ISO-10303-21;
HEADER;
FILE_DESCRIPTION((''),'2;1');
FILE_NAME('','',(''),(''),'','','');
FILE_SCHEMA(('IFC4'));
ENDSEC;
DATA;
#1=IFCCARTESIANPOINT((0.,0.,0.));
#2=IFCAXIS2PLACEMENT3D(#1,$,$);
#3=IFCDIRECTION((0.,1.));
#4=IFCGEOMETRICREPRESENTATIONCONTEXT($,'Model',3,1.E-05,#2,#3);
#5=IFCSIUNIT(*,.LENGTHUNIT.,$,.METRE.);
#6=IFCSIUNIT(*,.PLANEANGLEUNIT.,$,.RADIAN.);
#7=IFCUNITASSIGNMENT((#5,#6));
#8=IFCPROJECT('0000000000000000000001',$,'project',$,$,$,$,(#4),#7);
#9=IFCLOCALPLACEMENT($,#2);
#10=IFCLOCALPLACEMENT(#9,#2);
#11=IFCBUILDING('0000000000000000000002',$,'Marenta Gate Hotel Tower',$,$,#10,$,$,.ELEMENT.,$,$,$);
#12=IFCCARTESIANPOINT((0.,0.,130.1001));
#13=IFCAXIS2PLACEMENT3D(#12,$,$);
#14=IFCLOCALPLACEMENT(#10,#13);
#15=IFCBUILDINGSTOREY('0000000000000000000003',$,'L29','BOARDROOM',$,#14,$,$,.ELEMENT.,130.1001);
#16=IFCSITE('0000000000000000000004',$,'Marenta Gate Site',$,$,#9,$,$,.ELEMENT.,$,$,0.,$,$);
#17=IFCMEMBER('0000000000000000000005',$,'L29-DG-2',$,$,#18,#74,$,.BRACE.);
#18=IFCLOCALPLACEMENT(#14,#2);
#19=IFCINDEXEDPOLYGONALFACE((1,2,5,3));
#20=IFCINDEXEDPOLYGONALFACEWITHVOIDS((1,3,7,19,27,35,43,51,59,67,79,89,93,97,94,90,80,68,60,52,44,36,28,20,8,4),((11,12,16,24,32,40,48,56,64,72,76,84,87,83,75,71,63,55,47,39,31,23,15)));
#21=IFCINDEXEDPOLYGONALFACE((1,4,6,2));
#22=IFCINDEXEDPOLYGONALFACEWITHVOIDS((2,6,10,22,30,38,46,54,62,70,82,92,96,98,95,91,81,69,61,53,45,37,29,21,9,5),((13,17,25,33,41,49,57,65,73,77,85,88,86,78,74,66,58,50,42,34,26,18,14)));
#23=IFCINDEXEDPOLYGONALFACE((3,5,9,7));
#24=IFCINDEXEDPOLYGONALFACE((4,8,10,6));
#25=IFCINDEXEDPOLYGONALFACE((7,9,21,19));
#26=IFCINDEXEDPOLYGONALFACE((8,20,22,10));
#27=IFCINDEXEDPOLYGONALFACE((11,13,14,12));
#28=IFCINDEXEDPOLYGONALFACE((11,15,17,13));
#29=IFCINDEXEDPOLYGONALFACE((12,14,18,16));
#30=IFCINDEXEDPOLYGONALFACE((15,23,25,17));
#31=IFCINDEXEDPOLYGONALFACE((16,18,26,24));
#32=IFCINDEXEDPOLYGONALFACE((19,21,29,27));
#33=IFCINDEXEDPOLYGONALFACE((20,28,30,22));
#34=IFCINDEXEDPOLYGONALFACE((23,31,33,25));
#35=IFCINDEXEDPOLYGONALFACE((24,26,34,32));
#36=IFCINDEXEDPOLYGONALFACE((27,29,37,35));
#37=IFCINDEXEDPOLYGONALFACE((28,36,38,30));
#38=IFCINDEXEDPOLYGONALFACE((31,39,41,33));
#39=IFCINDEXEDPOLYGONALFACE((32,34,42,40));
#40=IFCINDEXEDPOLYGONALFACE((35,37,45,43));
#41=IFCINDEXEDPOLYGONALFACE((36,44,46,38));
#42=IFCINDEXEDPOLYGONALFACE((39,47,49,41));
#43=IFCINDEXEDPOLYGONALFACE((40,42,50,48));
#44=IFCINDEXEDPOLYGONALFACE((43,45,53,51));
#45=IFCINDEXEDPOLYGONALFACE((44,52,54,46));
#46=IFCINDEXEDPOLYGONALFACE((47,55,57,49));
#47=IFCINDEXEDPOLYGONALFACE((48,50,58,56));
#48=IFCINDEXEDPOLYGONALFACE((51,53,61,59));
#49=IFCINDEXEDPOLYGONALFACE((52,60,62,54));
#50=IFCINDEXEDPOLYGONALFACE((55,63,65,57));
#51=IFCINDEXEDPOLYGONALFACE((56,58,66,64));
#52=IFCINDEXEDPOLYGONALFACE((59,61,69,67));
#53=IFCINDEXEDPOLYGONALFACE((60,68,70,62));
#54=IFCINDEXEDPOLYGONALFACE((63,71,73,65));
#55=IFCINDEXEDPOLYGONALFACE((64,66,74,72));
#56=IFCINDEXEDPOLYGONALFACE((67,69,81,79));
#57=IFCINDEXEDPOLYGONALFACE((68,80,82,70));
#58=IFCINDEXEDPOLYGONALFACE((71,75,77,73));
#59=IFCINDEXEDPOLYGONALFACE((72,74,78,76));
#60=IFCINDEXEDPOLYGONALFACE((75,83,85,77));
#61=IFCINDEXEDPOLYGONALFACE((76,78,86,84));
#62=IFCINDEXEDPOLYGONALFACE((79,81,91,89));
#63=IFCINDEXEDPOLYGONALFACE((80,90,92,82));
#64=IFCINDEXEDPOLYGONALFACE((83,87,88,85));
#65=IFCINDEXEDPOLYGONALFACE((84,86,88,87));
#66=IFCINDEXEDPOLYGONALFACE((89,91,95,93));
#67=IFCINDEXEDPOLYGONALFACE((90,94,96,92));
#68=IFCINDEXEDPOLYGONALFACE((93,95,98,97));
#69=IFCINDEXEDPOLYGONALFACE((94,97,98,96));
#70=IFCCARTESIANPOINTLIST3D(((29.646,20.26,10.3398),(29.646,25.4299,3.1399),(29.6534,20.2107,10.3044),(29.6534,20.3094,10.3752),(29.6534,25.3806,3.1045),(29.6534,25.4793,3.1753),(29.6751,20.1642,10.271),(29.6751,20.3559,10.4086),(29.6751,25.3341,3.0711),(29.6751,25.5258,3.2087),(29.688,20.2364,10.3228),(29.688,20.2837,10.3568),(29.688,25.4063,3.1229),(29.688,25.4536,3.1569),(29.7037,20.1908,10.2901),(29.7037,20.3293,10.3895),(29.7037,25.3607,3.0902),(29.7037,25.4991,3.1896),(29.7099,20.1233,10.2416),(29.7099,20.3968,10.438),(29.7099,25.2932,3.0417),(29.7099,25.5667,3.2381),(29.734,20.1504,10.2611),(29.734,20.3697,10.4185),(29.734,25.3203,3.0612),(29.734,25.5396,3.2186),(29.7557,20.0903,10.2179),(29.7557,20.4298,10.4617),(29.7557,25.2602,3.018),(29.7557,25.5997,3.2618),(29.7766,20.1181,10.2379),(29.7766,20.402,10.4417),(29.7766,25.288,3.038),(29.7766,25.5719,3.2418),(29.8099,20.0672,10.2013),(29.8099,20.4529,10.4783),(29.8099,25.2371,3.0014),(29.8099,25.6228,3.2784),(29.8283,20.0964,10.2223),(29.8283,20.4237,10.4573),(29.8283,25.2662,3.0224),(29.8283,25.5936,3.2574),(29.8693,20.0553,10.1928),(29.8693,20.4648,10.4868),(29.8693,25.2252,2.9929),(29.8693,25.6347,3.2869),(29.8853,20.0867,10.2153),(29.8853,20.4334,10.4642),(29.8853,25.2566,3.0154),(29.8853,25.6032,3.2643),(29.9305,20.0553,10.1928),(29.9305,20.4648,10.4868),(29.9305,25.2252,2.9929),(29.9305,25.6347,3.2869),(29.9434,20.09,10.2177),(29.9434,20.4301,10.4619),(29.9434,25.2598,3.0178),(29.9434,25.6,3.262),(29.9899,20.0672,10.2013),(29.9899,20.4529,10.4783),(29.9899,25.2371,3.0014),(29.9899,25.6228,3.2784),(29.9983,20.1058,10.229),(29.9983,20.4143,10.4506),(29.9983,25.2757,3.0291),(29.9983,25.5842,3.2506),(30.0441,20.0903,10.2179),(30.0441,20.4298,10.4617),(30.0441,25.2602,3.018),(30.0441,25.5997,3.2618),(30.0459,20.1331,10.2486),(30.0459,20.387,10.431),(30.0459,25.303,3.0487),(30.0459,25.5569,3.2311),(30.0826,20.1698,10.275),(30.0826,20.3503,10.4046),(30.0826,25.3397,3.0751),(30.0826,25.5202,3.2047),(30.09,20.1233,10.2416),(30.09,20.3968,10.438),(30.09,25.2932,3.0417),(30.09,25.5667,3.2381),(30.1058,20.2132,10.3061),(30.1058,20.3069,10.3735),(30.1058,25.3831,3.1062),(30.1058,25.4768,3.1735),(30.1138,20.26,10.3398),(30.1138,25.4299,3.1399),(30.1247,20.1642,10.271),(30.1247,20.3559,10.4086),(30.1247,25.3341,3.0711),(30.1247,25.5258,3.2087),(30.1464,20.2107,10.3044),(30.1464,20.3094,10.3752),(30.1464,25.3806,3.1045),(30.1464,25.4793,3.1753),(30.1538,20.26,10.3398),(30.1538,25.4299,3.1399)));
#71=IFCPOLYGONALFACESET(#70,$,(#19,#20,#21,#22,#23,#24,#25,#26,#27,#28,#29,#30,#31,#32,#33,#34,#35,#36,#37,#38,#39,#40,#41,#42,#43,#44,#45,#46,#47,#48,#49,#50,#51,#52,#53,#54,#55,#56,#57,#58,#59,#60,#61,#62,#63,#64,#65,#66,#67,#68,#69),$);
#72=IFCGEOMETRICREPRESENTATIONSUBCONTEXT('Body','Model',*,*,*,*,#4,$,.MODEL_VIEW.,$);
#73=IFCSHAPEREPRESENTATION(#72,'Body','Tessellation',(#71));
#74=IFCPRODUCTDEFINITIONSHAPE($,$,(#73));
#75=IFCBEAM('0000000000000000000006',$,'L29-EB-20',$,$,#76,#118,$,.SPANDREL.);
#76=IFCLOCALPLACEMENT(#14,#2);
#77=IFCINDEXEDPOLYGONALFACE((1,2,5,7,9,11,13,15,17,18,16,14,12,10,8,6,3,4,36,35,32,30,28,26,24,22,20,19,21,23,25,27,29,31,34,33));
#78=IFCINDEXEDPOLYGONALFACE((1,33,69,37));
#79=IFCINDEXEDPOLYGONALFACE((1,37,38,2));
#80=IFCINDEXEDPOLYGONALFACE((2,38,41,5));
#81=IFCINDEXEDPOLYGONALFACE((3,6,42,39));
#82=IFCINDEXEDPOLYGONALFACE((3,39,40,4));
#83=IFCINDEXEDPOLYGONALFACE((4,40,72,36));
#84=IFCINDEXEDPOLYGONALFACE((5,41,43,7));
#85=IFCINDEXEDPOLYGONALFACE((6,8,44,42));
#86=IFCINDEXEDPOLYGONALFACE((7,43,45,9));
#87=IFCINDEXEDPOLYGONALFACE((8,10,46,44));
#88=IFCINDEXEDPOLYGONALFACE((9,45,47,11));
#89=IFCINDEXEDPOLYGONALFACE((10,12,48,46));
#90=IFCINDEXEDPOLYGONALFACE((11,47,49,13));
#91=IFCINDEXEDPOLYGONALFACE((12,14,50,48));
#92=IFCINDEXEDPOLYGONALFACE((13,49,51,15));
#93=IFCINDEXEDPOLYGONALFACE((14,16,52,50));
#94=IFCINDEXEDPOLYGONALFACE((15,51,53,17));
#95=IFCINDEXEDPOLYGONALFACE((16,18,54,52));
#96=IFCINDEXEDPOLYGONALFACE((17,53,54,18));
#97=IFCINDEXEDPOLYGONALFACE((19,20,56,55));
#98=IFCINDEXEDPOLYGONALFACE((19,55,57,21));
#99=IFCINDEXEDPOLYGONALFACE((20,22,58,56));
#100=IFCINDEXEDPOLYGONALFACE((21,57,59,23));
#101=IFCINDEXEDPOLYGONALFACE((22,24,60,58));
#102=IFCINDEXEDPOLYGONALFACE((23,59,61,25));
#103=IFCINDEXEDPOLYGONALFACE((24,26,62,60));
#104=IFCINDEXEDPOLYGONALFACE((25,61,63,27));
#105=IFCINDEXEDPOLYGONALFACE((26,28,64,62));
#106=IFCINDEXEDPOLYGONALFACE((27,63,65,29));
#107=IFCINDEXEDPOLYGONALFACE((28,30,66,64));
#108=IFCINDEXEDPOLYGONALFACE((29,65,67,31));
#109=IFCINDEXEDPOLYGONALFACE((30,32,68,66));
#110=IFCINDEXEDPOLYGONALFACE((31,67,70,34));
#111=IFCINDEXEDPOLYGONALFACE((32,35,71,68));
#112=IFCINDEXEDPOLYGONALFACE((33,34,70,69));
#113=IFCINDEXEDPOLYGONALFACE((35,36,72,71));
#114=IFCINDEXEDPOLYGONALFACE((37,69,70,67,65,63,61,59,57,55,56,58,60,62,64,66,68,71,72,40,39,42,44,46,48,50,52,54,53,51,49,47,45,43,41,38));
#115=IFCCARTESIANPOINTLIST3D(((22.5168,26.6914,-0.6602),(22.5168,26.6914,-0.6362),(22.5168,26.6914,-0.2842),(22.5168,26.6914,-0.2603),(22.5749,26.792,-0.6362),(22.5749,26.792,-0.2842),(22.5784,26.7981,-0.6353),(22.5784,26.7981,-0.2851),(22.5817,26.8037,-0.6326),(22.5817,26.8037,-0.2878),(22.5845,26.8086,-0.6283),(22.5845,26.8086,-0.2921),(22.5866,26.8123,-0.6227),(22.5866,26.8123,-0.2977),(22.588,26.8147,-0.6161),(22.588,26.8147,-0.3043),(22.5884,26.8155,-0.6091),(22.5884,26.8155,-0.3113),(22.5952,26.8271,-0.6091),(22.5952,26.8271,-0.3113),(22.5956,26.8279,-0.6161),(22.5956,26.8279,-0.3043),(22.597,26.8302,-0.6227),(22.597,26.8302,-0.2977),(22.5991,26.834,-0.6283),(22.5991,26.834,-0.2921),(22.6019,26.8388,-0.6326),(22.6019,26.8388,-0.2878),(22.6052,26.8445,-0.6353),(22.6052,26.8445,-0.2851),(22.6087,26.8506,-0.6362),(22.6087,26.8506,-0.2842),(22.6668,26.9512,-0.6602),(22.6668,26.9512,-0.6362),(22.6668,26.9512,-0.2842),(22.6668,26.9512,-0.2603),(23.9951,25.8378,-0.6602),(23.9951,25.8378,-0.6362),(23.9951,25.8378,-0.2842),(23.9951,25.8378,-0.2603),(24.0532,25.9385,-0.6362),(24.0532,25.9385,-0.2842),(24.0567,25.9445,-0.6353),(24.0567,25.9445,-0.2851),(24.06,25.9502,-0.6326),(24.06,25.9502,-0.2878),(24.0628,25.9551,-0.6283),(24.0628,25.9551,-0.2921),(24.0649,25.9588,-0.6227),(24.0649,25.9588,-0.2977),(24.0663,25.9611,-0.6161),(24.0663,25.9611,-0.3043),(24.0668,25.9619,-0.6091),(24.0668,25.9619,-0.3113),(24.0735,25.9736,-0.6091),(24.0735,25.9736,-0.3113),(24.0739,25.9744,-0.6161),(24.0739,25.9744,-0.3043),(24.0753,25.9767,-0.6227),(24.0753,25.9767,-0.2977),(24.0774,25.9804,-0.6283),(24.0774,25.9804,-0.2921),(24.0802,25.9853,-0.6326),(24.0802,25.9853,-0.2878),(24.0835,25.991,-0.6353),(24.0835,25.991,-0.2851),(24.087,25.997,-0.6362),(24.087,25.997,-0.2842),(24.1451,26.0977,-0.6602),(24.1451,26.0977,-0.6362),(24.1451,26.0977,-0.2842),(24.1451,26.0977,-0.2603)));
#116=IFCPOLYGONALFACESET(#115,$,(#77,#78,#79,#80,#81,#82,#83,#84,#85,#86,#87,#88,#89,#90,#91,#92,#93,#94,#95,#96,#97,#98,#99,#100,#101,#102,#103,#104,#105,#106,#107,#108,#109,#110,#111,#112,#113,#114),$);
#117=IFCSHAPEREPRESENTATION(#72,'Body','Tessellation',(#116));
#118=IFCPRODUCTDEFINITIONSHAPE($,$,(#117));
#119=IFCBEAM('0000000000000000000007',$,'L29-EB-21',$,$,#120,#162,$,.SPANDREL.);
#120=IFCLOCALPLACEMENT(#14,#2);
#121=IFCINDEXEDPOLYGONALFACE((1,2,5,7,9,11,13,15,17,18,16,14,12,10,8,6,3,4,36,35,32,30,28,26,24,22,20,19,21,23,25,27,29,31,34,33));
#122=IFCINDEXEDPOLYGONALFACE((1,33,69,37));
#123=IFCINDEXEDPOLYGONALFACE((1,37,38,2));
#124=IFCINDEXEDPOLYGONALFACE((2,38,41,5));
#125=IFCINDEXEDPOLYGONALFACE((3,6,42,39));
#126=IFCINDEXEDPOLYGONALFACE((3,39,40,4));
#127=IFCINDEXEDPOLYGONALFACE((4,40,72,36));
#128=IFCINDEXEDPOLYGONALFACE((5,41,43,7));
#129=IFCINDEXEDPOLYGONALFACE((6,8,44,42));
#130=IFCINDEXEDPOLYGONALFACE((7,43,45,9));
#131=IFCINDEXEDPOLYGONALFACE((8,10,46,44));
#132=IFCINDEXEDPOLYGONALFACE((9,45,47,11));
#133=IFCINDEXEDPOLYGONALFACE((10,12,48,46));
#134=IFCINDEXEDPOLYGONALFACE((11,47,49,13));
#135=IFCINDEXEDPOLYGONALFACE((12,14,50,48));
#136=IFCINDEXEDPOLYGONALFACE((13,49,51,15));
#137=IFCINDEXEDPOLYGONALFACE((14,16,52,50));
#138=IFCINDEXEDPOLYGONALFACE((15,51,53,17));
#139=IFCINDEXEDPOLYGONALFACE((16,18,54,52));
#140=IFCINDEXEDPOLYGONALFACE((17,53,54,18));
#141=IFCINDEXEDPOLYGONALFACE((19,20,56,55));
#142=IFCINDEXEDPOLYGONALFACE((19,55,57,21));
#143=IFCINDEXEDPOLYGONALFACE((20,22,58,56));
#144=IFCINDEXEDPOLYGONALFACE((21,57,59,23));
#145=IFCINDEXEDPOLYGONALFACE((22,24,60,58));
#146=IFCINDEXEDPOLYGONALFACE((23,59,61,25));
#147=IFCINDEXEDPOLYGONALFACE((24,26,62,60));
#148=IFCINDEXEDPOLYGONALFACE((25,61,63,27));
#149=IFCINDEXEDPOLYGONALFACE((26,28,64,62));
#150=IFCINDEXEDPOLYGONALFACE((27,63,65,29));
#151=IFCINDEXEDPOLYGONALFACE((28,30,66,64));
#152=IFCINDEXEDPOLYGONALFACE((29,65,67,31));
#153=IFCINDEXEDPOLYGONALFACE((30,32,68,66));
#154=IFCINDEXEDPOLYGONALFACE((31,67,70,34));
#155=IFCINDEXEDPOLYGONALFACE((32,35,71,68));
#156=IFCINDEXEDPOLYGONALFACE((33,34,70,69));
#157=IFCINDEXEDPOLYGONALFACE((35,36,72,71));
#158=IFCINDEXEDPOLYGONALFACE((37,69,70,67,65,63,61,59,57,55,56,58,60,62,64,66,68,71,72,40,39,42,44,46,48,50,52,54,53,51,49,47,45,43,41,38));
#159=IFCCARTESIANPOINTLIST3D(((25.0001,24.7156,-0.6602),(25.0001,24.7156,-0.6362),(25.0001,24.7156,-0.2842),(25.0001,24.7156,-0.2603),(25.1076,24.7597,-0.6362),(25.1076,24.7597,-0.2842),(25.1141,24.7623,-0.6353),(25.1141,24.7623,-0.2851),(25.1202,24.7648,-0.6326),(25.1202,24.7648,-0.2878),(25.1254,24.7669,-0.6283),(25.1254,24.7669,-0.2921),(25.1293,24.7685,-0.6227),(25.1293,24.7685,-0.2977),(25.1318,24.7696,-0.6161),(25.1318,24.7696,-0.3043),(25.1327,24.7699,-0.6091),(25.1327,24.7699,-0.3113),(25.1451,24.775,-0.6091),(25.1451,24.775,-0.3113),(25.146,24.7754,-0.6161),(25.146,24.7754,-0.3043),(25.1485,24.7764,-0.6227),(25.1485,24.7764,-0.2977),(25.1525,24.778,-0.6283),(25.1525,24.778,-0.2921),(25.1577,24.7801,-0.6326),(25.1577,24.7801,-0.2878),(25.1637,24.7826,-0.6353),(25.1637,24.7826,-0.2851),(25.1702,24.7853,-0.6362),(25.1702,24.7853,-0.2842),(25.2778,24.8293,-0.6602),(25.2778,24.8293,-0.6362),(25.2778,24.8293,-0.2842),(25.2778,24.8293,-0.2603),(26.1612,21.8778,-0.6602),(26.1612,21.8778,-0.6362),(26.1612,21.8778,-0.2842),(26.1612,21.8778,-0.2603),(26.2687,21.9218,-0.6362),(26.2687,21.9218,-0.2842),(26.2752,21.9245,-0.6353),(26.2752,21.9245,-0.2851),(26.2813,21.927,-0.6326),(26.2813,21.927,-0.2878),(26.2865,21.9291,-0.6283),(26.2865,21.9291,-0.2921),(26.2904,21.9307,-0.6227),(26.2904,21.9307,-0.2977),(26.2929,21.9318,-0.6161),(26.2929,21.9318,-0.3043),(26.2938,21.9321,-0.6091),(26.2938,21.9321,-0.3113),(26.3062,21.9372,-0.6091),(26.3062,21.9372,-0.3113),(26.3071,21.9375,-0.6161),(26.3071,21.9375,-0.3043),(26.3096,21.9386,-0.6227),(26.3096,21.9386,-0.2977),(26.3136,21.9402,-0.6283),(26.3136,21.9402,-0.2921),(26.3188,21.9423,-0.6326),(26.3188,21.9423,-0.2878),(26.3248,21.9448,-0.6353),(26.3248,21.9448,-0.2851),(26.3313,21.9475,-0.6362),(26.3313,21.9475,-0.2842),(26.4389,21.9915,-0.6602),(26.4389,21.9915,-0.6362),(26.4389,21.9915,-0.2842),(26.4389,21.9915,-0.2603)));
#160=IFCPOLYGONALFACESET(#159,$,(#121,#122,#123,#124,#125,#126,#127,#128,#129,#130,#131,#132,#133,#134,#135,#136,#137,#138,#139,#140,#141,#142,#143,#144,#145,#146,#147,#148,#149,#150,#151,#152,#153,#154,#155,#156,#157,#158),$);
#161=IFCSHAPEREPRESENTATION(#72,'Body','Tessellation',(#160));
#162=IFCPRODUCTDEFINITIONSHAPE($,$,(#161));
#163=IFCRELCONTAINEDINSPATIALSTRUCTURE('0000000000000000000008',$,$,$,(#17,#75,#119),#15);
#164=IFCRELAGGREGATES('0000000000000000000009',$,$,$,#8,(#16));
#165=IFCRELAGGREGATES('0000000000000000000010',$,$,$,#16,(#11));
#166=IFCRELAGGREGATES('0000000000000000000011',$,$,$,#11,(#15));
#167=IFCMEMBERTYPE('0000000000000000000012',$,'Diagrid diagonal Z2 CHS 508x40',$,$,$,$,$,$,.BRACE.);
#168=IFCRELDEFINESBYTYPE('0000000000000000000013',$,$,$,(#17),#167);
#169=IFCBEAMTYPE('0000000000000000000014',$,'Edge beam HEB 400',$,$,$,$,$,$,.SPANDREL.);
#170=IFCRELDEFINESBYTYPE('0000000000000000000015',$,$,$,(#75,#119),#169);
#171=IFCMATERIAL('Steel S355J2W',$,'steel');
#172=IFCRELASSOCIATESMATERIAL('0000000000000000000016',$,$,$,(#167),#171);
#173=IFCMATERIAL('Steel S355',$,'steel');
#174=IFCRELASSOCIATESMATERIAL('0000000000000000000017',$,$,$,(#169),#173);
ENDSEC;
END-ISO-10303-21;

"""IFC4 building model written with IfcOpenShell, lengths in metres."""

from ifc_helpers import new_model, si_unit, direction, frame, origin, origin_2d, place, context, subcontext, project, spatial, hollow_circle, i_section, extrude, material, material_profile, profile_set, type_object, element, save


model = new_model("IFC4")

# Units and contexts
model_context = context("Model", 3, precision=1e-05, world=origin(), true_north=direction((0.0, 1.0)))
body_context = subcontext(model_context, "Body", "Model", "MODEL_VIEW")
ifc_project = project(units=[si_unit("LENGTHUNIT", "METRE"), si_unit("PLANEANGLEUNIT", "RADIAN")], contexts=[model_context])

# Site, building, storey
site_placement = place(None, origin())
site = spatial("IfcSite", under=ifc_project, at=site_placement, Name="Marenta Gate Site", CompositionType="ELEMENT", RefElevation=0.0)
building_placement = place(site_placement, origin())
building = spatial("IfcBuilding", under=site, at=building_placement, Name="Marenta Gate Hotel Tower", CompositionType="ELEMENT")
storey_placement = place(building_placement, frame((0.0, 0.0, 130.1001)))
storey = spatial("IfcBuildingStorey", under=building, at=storey_placement, Name="L29", Description="BOARDROOM", CompositionType="ELEMENT", Elevation=130.1001)

# Member
ifc_material_1 = material(Name="Steel S355J2W", Category="steel")
ifc_material_profile_1 = material_profile(ifc_material_1, hollow_circle(Radius=0.2539, WallThickness=0.04, at=origin_2d()), Name="CHS 508x40")
ifc_profile_set_1 = profile_set([ifc_material_profile_1], Name="Steel S355J2W")
member_type_1 = type_object("IfcMemberType", Name="Diagrid diagonal Z2 CHS 508x40", PredefinedType="BRACE", material=ifc_profile_set_1)
member_1_placement = place(storey_placement, frame((29.8999, 25.4299, 3.1399), z_axis=(0.0, -0.583261, 0.812285), x_axis=(1.0, 0.0, 0.0)))
element("IfcMember", 1, at=member_1_placement, inside=storey, type_object=member_type_1, Name="L29-DG-2", PredefinedType="BRACE", context=body_context, shape_type="SweptSolid", body=[
    extrude(hollow_circle(Radius=0.2539, WallThickness=0.04, at=origin_2d()), origin(), (0.0, 0.0, 1.0), 8.8638),
])

# Beams
ifc_material_2 = material(Name="Steel S355", Category="steel")
ifc_material_profile_2 = material_profile(ifc_material_2, i_section(OverallWidth=0.3, OverallDepth=0.3999, WebThickness=0.0134, FlangeThickness=0.0239, FilletRadius=0.0271, at=origin_2d()), Name="HEB 400")
ifc_profile_set_2 = profile_set([ifc_material_profile_2], Name="Steel S355")
beam_type = type_object("IfcBeamType", Name="Edge beam HEB 400", PredefinedType="SPANDREL", material=ifc_profile_set_2)
beam_1_placement = place(storey_placement, frame((22.5918, 26.8213, -0.4602), z_axis=(0.866016, -0.500015, 0.0), x_axis=(0.500015, 0.866016, 0.0)))
element("IfcBeam", 2, at=beam_1_placement, inside=storey, type_object=beam_type, Name="L29-EB-20", PredefinedType="SPANDREL", context=body_context, shape_type="SweptSolid", body=[
    extrude(i_section(OverallWidth=0.3, OverallDepth=0.3999, WebThickness=0.0134, FlangeThickness=0.0239, FilletRadius=0.0271, at=origin_2d()), origin(), (0.0, 0.0, 1.0), 1.707),
])
beam_2_placement = place(storey_placement, frame((25.1389, 24.7725, -0.4602), z_axis=(0.378682, -0.925527, 0.0), x_axis=(0.925527, 0.378682, 0.0)))
element("IfcBeam", 3, at=beam_2_placement, inside=storey, type_object=beam_type, Name="L29-EB-21", PredefinedType="SPANDREL", context=body_context, shape_type="SweptSolid", body=[
    extrude(i_section(OverallWidth=0.3, OverallDepth=0.3999, WebThickness=0.0134, FlangeThickness=0.0239, FilletRadius=0.0271, at=origin_2d()), origin(), (0.0, 0.0, 1.0), 3.0662),
])

save(model, "model.ifc")
